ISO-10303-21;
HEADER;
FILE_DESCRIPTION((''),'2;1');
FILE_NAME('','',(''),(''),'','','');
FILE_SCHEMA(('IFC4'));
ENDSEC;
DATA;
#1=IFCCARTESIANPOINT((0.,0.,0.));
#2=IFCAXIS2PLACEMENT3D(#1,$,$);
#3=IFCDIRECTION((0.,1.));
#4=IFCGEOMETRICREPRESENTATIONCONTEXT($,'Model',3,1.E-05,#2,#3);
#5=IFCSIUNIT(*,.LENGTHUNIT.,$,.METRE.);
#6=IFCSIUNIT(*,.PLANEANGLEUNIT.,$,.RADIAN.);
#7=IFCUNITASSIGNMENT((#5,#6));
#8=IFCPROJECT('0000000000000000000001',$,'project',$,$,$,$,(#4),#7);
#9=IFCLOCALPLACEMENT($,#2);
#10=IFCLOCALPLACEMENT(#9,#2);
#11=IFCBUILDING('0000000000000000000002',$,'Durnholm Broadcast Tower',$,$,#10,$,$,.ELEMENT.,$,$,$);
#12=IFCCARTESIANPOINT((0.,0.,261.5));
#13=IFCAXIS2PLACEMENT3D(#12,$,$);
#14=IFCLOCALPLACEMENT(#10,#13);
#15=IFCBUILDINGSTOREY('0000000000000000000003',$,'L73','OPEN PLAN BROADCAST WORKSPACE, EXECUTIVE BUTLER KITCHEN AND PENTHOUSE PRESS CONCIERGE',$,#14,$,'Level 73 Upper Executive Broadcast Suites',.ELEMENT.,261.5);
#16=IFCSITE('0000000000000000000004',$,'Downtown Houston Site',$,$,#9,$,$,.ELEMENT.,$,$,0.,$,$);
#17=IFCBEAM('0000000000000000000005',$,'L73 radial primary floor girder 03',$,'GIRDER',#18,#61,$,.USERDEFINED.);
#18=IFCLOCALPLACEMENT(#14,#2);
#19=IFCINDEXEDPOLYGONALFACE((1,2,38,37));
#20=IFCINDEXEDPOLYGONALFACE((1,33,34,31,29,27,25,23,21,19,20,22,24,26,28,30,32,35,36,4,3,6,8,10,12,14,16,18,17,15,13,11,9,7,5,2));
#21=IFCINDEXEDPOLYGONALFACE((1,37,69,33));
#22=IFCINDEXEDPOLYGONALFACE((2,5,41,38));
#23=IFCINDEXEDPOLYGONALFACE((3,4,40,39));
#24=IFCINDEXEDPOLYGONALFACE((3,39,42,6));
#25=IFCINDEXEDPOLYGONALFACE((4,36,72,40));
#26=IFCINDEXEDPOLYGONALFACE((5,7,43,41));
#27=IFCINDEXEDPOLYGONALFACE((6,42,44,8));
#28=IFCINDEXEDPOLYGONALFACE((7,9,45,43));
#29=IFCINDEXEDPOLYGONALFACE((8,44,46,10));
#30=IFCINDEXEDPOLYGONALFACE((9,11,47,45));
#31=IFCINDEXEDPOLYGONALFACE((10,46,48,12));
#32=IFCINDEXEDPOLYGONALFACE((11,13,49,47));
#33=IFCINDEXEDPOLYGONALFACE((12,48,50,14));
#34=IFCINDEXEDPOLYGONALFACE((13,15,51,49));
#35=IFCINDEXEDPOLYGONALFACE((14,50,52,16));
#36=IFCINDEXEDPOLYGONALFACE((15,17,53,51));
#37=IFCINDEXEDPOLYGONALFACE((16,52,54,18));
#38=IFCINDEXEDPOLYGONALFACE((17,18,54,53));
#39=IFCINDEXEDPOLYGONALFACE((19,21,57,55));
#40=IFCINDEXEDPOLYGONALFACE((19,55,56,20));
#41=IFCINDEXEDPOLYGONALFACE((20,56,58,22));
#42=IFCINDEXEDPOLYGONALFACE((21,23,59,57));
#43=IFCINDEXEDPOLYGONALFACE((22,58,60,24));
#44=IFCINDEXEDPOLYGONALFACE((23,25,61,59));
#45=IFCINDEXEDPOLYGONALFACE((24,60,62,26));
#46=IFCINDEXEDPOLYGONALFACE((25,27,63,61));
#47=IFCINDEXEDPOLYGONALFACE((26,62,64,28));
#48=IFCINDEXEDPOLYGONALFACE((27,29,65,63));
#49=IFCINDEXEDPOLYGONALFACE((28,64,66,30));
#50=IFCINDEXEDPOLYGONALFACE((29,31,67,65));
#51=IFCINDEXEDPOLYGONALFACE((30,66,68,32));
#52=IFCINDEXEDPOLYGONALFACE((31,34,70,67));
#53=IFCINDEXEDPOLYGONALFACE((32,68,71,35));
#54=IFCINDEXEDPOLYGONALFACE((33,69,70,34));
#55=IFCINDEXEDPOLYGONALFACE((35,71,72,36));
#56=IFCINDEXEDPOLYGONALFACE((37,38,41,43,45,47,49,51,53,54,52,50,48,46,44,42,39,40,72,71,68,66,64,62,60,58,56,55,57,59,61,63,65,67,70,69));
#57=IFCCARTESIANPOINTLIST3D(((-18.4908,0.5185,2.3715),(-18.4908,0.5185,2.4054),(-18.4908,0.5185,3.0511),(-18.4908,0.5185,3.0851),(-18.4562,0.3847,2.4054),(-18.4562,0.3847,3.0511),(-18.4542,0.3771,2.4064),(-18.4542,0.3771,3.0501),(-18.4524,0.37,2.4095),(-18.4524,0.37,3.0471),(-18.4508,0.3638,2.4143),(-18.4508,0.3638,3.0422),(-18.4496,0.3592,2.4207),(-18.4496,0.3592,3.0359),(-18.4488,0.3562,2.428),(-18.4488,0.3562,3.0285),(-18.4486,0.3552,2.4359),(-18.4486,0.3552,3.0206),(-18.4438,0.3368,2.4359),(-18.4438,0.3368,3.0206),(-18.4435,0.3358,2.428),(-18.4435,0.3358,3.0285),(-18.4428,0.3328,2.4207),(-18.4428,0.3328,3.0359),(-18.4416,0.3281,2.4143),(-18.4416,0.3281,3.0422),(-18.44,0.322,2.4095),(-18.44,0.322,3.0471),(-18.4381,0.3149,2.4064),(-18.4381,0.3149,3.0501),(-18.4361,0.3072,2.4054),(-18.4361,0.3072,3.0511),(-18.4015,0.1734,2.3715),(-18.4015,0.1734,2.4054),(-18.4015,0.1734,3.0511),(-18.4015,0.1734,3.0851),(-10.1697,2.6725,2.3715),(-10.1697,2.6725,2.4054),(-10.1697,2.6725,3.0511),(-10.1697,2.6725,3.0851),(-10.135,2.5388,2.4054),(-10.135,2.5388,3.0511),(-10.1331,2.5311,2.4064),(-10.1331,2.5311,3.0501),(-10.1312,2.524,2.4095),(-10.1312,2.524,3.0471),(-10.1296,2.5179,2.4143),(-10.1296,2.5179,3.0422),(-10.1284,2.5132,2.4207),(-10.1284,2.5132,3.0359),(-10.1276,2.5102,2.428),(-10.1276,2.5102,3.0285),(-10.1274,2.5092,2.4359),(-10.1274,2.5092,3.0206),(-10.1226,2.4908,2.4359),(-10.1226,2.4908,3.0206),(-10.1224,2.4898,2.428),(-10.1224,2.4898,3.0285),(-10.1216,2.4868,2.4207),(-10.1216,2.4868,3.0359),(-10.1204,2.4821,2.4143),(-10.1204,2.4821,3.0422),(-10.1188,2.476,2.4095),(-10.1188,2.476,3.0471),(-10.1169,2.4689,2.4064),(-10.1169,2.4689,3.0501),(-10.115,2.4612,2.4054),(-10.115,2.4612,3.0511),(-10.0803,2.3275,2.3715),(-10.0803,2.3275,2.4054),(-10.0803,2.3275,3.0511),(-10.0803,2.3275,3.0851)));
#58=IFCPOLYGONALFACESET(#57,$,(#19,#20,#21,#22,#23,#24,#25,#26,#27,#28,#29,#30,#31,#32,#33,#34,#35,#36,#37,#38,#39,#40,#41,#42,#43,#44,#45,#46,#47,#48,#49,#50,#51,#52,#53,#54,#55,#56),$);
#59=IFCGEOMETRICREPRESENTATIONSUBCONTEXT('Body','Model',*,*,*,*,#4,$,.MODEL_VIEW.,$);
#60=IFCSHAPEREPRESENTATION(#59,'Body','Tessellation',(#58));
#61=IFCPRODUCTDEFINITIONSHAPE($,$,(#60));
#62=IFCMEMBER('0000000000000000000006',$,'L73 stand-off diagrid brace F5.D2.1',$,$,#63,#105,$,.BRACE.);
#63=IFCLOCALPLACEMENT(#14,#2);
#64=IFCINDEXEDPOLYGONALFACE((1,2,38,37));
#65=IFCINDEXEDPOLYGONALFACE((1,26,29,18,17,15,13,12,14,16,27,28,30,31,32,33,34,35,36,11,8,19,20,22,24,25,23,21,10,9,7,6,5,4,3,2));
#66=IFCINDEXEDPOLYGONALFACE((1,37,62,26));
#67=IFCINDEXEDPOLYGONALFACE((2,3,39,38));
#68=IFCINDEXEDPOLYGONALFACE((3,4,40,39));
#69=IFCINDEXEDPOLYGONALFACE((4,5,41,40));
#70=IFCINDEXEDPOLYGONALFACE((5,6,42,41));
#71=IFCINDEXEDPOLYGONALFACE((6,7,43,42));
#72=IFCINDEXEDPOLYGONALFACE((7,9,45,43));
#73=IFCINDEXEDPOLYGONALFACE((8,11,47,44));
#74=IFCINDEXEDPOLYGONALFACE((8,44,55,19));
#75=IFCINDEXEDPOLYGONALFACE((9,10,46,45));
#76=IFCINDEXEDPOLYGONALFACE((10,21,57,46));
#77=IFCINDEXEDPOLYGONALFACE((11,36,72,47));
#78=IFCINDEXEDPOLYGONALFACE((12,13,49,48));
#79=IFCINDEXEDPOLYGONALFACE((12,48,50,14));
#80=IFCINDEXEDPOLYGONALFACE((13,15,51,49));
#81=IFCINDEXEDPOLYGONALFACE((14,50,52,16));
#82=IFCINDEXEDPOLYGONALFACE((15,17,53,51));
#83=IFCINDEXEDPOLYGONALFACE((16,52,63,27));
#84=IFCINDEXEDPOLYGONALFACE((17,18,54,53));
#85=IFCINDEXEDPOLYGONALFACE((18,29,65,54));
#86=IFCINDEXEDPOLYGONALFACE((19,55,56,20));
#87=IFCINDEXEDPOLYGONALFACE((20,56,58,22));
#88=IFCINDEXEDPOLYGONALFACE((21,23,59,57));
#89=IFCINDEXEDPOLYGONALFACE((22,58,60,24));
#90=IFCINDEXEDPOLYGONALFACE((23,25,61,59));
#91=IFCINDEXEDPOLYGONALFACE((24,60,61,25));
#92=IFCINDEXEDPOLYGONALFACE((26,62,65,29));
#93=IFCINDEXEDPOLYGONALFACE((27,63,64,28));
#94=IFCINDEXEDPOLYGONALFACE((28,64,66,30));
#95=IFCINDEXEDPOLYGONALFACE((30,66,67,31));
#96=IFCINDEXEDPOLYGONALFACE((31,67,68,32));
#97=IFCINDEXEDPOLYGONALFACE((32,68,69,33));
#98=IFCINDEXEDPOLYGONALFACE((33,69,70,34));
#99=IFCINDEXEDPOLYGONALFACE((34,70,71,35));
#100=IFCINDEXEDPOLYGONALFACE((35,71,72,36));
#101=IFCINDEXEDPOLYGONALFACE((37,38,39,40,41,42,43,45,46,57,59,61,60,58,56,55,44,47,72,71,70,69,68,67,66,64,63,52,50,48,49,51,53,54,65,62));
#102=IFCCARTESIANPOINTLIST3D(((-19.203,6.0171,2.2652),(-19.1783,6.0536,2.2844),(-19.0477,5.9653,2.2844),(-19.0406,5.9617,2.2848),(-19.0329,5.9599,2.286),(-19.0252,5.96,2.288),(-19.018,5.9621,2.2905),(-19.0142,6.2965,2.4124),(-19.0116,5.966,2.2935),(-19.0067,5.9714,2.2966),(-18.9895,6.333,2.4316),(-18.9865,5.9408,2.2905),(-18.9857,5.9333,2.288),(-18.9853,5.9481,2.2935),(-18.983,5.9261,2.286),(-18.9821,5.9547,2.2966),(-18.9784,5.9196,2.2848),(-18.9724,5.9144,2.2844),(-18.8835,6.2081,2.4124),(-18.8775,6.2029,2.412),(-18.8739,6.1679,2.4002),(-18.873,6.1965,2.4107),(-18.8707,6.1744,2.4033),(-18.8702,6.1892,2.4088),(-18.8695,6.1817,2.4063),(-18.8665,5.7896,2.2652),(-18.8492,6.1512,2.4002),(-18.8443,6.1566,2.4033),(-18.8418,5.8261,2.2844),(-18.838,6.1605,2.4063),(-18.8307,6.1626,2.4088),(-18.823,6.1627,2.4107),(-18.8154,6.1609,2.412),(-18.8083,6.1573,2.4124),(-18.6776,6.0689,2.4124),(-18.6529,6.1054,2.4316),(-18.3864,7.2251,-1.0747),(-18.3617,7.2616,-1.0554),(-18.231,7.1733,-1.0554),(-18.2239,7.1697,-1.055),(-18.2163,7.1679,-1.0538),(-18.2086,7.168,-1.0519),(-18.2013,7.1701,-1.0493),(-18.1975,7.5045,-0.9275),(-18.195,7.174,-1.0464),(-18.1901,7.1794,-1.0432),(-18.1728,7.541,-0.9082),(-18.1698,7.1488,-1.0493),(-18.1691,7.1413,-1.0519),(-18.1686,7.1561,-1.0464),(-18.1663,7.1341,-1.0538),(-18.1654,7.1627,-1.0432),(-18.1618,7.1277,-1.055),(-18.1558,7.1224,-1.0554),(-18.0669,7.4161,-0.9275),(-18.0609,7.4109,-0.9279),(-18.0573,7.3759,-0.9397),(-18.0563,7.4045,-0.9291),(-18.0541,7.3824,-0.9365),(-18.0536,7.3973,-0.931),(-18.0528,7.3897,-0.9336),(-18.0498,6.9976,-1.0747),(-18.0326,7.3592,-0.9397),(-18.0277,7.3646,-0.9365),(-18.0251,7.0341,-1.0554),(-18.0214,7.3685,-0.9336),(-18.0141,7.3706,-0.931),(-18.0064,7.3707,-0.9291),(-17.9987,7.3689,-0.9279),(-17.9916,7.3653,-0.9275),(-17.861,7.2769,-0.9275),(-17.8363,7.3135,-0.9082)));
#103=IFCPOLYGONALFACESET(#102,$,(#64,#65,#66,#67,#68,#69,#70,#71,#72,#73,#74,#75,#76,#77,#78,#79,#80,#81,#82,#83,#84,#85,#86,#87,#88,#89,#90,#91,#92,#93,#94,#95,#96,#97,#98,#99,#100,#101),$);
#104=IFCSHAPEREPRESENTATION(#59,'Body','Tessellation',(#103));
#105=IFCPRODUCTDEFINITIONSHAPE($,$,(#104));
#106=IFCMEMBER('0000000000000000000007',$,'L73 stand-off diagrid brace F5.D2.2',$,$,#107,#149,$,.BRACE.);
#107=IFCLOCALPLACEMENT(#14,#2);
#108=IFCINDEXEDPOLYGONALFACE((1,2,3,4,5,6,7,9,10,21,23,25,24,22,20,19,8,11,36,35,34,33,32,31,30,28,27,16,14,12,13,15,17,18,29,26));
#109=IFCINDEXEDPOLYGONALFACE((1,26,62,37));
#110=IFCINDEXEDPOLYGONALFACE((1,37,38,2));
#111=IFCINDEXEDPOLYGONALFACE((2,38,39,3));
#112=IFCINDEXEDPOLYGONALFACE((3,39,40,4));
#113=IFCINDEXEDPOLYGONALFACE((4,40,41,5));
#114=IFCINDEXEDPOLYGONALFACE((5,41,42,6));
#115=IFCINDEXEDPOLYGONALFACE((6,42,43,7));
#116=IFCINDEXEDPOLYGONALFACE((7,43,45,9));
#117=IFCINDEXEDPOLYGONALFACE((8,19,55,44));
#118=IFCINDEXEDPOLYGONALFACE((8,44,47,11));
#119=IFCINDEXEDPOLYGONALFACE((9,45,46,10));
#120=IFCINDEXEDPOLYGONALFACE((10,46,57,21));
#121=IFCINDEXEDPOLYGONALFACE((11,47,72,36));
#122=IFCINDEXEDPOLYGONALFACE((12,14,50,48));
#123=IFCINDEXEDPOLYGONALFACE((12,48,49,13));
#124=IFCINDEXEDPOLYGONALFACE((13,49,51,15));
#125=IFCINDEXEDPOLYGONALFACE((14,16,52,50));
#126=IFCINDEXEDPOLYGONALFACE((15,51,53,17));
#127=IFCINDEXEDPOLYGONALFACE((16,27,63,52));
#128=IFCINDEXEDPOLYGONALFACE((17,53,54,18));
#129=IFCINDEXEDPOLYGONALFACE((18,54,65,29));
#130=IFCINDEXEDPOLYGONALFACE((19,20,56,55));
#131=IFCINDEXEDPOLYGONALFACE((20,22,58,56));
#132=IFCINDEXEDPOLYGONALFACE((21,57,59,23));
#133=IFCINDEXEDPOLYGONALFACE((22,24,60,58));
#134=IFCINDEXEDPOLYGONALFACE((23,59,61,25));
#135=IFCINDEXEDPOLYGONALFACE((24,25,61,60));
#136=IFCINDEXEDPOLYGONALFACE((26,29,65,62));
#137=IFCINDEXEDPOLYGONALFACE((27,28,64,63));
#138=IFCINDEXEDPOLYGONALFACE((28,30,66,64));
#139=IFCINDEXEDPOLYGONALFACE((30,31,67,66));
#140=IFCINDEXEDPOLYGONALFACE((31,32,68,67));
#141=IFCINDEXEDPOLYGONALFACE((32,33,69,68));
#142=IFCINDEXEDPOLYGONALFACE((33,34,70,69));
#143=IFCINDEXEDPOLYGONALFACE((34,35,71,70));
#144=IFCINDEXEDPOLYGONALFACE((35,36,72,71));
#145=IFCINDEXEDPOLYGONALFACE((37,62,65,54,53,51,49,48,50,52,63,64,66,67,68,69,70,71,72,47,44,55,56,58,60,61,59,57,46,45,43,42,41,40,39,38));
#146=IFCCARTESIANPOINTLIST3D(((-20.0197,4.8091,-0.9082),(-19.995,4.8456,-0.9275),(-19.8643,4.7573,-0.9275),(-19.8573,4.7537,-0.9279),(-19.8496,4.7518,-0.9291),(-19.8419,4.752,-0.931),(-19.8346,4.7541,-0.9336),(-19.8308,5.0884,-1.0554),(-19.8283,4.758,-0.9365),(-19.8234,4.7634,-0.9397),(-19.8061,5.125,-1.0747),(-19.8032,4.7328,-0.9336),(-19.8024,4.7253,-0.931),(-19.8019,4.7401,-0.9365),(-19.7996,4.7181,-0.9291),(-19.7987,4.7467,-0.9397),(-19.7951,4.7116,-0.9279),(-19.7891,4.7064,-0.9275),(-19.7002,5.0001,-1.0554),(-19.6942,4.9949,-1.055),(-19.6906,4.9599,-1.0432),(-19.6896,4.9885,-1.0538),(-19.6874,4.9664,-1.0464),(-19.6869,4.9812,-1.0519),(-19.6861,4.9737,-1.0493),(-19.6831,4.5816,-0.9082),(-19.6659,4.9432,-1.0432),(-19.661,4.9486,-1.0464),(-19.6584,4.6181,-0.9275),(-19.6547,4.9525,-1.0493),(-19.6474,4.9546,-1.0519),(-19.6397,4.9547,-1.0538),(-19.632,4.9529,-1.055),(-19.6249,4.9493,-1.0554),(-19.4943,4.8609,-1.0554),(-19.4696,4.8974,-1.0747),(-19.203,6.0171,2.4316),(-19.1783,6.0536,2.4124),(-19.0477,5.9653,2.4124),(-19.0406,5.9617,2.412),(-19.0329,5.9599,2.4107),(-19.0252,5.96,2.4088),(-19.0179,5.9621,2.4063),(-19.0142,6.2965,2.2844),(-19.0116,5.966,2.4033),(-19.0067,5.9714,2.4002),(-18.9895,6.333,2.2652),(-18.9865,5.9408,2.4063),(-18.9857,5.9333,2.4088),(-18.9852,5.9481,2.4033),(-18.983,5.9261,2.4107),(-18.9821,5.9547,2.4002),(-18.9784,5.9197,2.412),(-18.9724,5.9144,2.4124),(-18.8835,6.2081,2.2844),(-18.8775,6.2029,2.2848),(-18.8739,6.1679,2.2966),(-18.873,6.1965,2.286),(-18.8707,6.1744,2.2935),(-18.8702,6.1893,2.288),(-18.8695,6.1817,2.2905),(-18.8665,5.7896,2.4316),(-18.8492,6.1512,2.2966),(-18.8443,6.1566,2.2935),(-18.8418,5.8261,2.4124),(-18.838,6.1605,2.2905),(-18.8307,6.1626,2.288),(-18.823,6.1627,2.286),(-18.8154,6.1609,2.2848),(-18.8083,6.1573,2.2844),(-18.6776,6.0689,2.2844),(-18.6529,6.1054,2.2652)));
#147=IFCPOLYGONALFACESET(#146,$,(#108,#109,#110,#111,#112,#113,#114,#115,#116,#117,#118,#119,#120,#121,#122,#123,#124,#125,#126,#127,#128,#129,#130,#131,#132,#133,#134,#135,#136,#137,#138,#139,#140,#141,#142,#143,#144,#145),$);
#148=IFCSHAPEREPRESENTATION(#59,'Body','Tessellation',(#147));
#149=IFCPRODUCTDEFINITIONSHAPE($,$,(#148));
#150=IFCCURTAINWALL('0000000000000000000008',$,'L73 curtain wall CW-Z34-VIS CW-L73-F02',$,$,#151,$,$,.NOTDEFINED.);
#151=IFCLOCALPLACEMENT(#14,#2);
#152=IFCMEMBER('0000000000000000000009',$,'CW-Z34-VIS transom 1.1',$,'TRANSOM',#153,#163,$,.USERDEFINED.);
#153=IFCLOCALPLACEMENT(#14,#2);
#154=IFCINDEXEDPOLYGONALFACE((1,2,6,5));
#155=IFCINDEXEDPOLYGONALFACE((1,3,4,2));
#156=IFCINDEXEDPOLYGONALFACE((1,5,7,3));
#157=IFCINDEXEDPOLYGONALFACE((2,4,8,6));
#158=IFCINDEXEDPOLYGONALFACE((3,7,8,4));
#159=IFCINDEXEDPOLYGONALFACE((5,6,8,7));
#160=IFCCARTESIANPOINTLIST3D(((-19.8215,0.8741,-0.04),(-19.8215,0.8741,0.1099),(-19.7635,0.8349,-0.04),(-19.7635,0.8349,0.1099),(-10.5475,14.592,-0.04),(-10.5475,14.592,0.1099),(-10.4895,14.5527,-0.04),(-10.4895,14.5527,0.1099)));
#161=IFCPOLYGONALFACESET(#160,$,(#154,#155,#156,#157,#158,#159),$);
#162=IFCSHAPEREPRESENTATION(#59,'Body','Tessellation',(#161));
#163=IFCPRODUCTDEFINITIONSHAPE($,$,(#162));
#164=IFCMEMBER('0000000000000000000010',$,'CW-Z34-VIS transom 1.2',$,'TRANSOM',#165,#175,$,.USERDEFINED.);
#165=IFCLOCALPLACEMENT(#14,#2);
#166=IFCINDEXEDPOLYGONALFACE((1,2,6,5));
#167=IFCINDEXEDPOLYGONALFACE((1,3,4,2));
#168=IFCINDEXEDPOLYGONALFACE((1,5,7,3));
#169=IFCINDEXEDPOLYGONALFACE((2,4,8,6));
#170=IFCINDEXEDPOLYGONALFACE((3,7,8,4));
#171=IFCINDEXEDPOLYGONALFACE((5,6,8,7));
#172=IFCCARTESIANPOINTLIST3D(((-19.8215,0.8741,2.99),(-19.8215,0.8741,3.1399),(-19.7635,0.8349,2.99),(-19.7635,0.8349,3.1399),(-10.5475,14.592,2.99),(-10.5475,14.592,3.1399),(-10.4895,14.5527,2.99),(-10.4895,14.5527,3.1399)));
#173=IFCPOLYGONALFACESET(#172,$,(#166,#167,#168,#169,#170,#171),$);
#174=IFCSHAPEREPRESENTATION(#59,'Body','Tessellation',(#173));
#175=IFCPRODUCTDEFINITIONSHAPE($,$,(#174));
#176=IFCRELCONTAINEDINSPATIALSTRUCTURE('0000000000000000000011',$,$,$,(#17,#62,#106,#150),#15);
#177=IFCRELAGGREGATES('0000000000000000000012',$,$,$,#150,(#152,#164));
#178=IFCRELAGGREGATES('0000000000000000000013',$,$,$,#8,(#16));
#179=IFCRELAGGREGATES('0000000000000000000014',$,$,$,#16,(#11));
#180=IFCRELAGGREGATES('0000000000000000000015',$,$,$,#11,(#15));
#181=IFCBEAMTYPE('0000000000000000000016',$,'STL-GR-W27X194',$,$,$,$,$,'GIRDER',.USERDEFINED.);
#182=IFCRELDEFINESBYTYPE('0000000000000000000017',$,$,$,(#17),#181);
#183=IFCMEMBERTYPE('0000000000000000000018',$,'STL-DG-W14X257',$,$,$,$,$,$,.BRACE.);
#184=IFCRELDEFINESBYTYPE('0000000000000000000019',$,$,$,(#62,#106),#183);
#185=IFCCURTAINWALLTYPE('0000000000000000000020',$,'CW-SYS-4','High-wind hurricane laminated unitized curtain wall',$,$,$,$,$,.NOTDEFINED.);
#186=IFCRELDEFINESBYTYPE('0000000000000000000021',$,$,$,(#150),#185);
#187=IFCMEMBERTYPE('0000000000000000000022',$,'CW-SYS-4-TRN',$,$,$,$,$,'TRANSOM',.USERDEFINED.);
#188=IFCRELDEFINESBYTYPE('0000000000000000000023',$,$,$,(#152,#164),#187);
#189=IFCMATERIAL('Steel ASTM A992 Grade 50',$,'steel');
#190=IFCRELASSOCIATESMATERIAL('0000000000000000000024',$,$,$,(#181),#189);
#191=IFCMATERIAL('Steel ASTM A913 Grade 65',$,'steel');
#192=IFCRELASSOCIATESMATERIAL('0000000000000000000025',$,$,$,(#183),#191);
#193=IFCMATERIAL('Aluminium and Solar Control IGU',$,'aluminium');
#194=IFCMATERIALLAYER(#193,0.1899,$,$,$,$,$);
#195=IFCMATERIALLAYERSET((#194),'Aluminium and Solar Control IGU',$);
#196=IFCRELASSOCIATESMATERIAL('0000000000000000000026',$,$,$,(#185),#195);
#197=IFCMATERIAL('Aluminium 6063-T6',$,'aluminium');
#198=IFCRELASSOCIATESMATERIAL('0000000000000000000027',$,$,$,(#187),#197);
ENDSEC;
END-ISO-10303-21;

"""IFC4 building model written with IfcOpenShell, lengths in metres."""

from ifc_helpers import new_model, si_unit, direction, frame, origin, origin_2d, place, context, subcontext, project, spatial, rectangle, i_section, extrude, source, transform, mapped, material, layer, layer_set, material_profile, profile_set, type_object, type_shapes, element, aggregate, save


model = new_model("IFC4")

# Units and contexts
model_context = context("Model", 3, precision=1e-05, world=origin(), true_north=direction((0.0, 1.0)))
body_context = subcontext(model_context, "Body", "Model", "MODEL_VIEW")
ifc_project = project(units=[si_unit("LENGTHUNIT", "METRE"), si_unit("PLANEANGLEUNIT", "RADIAN")], contexts=[model_context])

# Site, building, storey
site_placement = place(None, origin())
site = spatial("IfcSite", under=ifc_project, at=site_placement, Name="Downtown Houston Site", CompositionType="ELEMENT", RefElevation=0.0)
building_placement = place(site_placement, origin())
building = spatial("IfcBuilding", under=site, at=building_placement, Name="Durnholm Broadcast Tower", CompositionType="ELEMENT")
storey_placement = place(building_placement, frame((0.0, 0.0, 261.5)))
storey = spatial("IfcBuildingStorey", under=building, at=storey_placement, Name="L73", Description="OPEN PLAN BROADCAST WORKSPACE, EXECUTIVE BUTLER KITCHEN AND PENTHOUSE PRESS CONCIERGE", LongName="Level 73 Upper Executive Broadcast Suites", CompositionType="ELEMENT", Elevation=261.5)

# Beam
ifc_material_1 = material(Name="Steel ASTM A992 Grade 50", Category="steel")
ifc_material_profile_1 = material_profile(ifc_material_1, i_section(OverallWidth=0.3564, OverallDepth=0.7136, WebThickness=0.019, FlangeThickness=0.0339, FilletRadius=0.0305, at=origin_2d()), Name="W27X194")
ifc_profile_set_1 = profile_set([ifc_material_profile_1], Name="Steel ASTM A992 Grade 50")
beam_type_1 = type_object("IfcBeamType", Name="STL-GR-W27X194", ElementType="GIRDER", PredefinedType="USERDEFINED", material=ifc_profile_set_1)
shared_shape_1 = source(origin(), body_context, "Body", "SweptSolid", [
    extrude(i_section(OverallWidth=0.3564, OverallDepth=0.7136, WebThickness=0.019, FlangeThickness=0.0339, FilletRadius=0.0305, at=origin_2d()), origin(), (0.0, 0.0, 1.0), 8.5955),
])
beam_1_placement = place(storey_placement, frame((-10.125, 2.5, 2.7283), z_axis=(-0.968091, -0.2506, 0.0), x_axis=(0.2506, -0.968091, 0.0)))
element("IfcBeam", 1, at=beam_1_placement, inside=storey, type_object=beam_type_1, Name="L73 radial primary floor girder 03", ObjectType="GIRDER", PredefinedType="USERDEFINED", context=body_context, shape_type="MappedRepresentation", body=[
    mapped(shared_shape_1, transform((0.0, 0.0, 0.0), x_axis=(1.0, 0.0, 0.0), y_axis=(0.0, 1.0, 0.0), z_axis=(0.0, 0.0, 1.0), scale=1.0)),
])

# Members
ifc_material_2 = material(Name="Steel ASTM A913 Grade 65", Category="steel")
ifc_material_profile_2 = material_profile(ifc_material_2, i_section(OverallWidth=0.4062, OverallDepth=0.416, WebThickness=0.0298, FlangeThickness=0.0481, FilletRadius=0.0305, at=origin_2d()), Name="W14X257")
ifc_profile_set_2 = profile_set([ifc_material_profile_2], Name="Steel ASTM A913 Grade 65")
member_type_1 = type_object("IfcMemberType", Name="STL-DG-W14X257", PredefinedType="BRACE", material=ifc_profile_set_2)
shared_shape_2 = source(origin(), body_context, "Body", "SweptSolid", [
    extrude(i_section(OverallWidth=0.4062, OverallDepth=0.416, WebThickness=0.0298, FlangeThickness=0.0481, FilletRadius=0.0305, at=origin_2d()), origin(), (0.0, 0.0, 1.0), 3.6443),
])
type_shapes(member_type_1, [shared_shape_2])
for number, where, z_axis, x_axis, name in (
    (2, (-18.1113, 7.2693, -0.9915), (-0.224091, -0.331481, 0.916463), (0.828452, -0.560059, 0.0), "L73 stand-off diagrid brace F5.D2.1"),
    (3, (-19.7446, 4.8533, -0.9915), (0.224091, 0.331481, 0.916463), (-0.828452, 0.560059, 0.0), "L73 stand-off diagrid brace F5.D2.2"),
):
    element("IfcMember", number, at=place(storey_placement, frame(where, z_axis=z_axis, x_axis=x_axis)), inside=storey, type_object=member_type_1, Name=name, PredefinedType="BRACE", context=body_context, shape_type="MappedRepresentation", body=[
        mapped(shared_shape_2, transform((0.0, 0.0, 0.0), x_axis=(1.0, 0.0, 0.0), y_axis=(0.0, 1.0, 0.0), z_axis=(0.0, 0.0, 1.0), scale=1.0)),
    ])

# Curtain wall, members
ifc_material_3 = material(Name="Aluminium and Solar Control IGU", Category="aluminium")
ifc_layer_1 = layer(ifc_material_3, 0.1899)
ifc_layer_set_1 = layer_set([ifc_layer_1], Name="Aluminium and Solar Control IGU")
curtain_wall_type_1 = type_object("IfcCurtainWallType", Name="CW-SYS-4", Description="High-wind hurricane laminated unitized curtain wall", PredefinedType="NOTDEFINED", material=ifc_layer_set_1)
curtain_wall_1_placement = place(storey_placement, origin())
curtain_wall_1 = element("IfcCurtainWall", 4, at=curtain_wall_1_placement, inside=storey, type_object=curtain_wall_type_1, Name="L73 curtain wall CW-Z34-VIS CW-L73-F02", PredefinedType="NOTDEFINED")
ifc_material_4 = material(Name="Aluminium 6063-T6", Category="aluminium")
ifc_material_profile_3 = material_profile(ifc_material_4, rectangle(XDim=0.0701, YDim=0.1499, at=origin_2d()), Name="CWT70X150")
ifc_profile_set_3 = profile_set([ifc_material_profile_3], Name="Aluminium 6063-T6")
member_type_2 = type_object("IfcMemberType", Name="CW-SYS-4-TRN", ElementType="TRANSOM", PredefinedType="USERDEFINED", material=ifc_profile_set_3)
shared_shape_3 = source(origin(), body_context, "Body", "SweptSolid", [
    extrude(rectangle(XDim=0.0701, YDim=0.1499, at=origin_2d()), origin(), (0.0, 0.0, 1.0), 16.5586),
])
type_shapes(member_type_2, [shared_shape_3])
member_1_placement = place(storey_placement, frame((-19.7925, 0.8545, 0.0349), z_axis=(0.560071, 0.828444, 0.0), x_axis=(-0.828444, 0.560071, 0.0)))
member_1 = element("IfcMember", 5, at=member_1_placement, type_object=member_type_2, Name="CW-Z34-VIS transom 1.1", ObjectType="TRANSOM", PredefinedType="USERDEFINED", context=body_context, shape_type="MappedRepresentation", body=[
    mapped(shared_shape_3, transform((0.0, 0.0, 0.0), x_axis=(1.0, 0.0, 0.0), y_axis=(0.0, 1.0, 0.0), z_axis=(0.0, 0.0, 1.0), scale=1.0)),
])
member_2_placement = place(storey_placement, frame((-19.7925, 0.8545, 3.0649), z_axis=(0.560071, 0.828444, 0.0), x_axis=(-0.828444, 0.560071, 0.0)))
member_2 = element("IfcMember", 6, at=member_2_placement, type_object=member_type_2, Name="CW-Z34-VIS transom 1.2", ObjectType="TRANSOM", PredefinedType="USERDEFINED", context=body_context, shape_type="MappedRepresentation", body=[
    mapped(shared_shape_3, transform((0.0, 0.0, 0.0), x_axis=(1.0, 0.0, 0.0), y_axis=(0.0, 1.0, 0.0), z_axis=(0.0, 0.0, 1.0), scale=1.0)),
])

aggregate(curtain_wall_1, [member_1, member_2])

save(model, "model.ifc")
